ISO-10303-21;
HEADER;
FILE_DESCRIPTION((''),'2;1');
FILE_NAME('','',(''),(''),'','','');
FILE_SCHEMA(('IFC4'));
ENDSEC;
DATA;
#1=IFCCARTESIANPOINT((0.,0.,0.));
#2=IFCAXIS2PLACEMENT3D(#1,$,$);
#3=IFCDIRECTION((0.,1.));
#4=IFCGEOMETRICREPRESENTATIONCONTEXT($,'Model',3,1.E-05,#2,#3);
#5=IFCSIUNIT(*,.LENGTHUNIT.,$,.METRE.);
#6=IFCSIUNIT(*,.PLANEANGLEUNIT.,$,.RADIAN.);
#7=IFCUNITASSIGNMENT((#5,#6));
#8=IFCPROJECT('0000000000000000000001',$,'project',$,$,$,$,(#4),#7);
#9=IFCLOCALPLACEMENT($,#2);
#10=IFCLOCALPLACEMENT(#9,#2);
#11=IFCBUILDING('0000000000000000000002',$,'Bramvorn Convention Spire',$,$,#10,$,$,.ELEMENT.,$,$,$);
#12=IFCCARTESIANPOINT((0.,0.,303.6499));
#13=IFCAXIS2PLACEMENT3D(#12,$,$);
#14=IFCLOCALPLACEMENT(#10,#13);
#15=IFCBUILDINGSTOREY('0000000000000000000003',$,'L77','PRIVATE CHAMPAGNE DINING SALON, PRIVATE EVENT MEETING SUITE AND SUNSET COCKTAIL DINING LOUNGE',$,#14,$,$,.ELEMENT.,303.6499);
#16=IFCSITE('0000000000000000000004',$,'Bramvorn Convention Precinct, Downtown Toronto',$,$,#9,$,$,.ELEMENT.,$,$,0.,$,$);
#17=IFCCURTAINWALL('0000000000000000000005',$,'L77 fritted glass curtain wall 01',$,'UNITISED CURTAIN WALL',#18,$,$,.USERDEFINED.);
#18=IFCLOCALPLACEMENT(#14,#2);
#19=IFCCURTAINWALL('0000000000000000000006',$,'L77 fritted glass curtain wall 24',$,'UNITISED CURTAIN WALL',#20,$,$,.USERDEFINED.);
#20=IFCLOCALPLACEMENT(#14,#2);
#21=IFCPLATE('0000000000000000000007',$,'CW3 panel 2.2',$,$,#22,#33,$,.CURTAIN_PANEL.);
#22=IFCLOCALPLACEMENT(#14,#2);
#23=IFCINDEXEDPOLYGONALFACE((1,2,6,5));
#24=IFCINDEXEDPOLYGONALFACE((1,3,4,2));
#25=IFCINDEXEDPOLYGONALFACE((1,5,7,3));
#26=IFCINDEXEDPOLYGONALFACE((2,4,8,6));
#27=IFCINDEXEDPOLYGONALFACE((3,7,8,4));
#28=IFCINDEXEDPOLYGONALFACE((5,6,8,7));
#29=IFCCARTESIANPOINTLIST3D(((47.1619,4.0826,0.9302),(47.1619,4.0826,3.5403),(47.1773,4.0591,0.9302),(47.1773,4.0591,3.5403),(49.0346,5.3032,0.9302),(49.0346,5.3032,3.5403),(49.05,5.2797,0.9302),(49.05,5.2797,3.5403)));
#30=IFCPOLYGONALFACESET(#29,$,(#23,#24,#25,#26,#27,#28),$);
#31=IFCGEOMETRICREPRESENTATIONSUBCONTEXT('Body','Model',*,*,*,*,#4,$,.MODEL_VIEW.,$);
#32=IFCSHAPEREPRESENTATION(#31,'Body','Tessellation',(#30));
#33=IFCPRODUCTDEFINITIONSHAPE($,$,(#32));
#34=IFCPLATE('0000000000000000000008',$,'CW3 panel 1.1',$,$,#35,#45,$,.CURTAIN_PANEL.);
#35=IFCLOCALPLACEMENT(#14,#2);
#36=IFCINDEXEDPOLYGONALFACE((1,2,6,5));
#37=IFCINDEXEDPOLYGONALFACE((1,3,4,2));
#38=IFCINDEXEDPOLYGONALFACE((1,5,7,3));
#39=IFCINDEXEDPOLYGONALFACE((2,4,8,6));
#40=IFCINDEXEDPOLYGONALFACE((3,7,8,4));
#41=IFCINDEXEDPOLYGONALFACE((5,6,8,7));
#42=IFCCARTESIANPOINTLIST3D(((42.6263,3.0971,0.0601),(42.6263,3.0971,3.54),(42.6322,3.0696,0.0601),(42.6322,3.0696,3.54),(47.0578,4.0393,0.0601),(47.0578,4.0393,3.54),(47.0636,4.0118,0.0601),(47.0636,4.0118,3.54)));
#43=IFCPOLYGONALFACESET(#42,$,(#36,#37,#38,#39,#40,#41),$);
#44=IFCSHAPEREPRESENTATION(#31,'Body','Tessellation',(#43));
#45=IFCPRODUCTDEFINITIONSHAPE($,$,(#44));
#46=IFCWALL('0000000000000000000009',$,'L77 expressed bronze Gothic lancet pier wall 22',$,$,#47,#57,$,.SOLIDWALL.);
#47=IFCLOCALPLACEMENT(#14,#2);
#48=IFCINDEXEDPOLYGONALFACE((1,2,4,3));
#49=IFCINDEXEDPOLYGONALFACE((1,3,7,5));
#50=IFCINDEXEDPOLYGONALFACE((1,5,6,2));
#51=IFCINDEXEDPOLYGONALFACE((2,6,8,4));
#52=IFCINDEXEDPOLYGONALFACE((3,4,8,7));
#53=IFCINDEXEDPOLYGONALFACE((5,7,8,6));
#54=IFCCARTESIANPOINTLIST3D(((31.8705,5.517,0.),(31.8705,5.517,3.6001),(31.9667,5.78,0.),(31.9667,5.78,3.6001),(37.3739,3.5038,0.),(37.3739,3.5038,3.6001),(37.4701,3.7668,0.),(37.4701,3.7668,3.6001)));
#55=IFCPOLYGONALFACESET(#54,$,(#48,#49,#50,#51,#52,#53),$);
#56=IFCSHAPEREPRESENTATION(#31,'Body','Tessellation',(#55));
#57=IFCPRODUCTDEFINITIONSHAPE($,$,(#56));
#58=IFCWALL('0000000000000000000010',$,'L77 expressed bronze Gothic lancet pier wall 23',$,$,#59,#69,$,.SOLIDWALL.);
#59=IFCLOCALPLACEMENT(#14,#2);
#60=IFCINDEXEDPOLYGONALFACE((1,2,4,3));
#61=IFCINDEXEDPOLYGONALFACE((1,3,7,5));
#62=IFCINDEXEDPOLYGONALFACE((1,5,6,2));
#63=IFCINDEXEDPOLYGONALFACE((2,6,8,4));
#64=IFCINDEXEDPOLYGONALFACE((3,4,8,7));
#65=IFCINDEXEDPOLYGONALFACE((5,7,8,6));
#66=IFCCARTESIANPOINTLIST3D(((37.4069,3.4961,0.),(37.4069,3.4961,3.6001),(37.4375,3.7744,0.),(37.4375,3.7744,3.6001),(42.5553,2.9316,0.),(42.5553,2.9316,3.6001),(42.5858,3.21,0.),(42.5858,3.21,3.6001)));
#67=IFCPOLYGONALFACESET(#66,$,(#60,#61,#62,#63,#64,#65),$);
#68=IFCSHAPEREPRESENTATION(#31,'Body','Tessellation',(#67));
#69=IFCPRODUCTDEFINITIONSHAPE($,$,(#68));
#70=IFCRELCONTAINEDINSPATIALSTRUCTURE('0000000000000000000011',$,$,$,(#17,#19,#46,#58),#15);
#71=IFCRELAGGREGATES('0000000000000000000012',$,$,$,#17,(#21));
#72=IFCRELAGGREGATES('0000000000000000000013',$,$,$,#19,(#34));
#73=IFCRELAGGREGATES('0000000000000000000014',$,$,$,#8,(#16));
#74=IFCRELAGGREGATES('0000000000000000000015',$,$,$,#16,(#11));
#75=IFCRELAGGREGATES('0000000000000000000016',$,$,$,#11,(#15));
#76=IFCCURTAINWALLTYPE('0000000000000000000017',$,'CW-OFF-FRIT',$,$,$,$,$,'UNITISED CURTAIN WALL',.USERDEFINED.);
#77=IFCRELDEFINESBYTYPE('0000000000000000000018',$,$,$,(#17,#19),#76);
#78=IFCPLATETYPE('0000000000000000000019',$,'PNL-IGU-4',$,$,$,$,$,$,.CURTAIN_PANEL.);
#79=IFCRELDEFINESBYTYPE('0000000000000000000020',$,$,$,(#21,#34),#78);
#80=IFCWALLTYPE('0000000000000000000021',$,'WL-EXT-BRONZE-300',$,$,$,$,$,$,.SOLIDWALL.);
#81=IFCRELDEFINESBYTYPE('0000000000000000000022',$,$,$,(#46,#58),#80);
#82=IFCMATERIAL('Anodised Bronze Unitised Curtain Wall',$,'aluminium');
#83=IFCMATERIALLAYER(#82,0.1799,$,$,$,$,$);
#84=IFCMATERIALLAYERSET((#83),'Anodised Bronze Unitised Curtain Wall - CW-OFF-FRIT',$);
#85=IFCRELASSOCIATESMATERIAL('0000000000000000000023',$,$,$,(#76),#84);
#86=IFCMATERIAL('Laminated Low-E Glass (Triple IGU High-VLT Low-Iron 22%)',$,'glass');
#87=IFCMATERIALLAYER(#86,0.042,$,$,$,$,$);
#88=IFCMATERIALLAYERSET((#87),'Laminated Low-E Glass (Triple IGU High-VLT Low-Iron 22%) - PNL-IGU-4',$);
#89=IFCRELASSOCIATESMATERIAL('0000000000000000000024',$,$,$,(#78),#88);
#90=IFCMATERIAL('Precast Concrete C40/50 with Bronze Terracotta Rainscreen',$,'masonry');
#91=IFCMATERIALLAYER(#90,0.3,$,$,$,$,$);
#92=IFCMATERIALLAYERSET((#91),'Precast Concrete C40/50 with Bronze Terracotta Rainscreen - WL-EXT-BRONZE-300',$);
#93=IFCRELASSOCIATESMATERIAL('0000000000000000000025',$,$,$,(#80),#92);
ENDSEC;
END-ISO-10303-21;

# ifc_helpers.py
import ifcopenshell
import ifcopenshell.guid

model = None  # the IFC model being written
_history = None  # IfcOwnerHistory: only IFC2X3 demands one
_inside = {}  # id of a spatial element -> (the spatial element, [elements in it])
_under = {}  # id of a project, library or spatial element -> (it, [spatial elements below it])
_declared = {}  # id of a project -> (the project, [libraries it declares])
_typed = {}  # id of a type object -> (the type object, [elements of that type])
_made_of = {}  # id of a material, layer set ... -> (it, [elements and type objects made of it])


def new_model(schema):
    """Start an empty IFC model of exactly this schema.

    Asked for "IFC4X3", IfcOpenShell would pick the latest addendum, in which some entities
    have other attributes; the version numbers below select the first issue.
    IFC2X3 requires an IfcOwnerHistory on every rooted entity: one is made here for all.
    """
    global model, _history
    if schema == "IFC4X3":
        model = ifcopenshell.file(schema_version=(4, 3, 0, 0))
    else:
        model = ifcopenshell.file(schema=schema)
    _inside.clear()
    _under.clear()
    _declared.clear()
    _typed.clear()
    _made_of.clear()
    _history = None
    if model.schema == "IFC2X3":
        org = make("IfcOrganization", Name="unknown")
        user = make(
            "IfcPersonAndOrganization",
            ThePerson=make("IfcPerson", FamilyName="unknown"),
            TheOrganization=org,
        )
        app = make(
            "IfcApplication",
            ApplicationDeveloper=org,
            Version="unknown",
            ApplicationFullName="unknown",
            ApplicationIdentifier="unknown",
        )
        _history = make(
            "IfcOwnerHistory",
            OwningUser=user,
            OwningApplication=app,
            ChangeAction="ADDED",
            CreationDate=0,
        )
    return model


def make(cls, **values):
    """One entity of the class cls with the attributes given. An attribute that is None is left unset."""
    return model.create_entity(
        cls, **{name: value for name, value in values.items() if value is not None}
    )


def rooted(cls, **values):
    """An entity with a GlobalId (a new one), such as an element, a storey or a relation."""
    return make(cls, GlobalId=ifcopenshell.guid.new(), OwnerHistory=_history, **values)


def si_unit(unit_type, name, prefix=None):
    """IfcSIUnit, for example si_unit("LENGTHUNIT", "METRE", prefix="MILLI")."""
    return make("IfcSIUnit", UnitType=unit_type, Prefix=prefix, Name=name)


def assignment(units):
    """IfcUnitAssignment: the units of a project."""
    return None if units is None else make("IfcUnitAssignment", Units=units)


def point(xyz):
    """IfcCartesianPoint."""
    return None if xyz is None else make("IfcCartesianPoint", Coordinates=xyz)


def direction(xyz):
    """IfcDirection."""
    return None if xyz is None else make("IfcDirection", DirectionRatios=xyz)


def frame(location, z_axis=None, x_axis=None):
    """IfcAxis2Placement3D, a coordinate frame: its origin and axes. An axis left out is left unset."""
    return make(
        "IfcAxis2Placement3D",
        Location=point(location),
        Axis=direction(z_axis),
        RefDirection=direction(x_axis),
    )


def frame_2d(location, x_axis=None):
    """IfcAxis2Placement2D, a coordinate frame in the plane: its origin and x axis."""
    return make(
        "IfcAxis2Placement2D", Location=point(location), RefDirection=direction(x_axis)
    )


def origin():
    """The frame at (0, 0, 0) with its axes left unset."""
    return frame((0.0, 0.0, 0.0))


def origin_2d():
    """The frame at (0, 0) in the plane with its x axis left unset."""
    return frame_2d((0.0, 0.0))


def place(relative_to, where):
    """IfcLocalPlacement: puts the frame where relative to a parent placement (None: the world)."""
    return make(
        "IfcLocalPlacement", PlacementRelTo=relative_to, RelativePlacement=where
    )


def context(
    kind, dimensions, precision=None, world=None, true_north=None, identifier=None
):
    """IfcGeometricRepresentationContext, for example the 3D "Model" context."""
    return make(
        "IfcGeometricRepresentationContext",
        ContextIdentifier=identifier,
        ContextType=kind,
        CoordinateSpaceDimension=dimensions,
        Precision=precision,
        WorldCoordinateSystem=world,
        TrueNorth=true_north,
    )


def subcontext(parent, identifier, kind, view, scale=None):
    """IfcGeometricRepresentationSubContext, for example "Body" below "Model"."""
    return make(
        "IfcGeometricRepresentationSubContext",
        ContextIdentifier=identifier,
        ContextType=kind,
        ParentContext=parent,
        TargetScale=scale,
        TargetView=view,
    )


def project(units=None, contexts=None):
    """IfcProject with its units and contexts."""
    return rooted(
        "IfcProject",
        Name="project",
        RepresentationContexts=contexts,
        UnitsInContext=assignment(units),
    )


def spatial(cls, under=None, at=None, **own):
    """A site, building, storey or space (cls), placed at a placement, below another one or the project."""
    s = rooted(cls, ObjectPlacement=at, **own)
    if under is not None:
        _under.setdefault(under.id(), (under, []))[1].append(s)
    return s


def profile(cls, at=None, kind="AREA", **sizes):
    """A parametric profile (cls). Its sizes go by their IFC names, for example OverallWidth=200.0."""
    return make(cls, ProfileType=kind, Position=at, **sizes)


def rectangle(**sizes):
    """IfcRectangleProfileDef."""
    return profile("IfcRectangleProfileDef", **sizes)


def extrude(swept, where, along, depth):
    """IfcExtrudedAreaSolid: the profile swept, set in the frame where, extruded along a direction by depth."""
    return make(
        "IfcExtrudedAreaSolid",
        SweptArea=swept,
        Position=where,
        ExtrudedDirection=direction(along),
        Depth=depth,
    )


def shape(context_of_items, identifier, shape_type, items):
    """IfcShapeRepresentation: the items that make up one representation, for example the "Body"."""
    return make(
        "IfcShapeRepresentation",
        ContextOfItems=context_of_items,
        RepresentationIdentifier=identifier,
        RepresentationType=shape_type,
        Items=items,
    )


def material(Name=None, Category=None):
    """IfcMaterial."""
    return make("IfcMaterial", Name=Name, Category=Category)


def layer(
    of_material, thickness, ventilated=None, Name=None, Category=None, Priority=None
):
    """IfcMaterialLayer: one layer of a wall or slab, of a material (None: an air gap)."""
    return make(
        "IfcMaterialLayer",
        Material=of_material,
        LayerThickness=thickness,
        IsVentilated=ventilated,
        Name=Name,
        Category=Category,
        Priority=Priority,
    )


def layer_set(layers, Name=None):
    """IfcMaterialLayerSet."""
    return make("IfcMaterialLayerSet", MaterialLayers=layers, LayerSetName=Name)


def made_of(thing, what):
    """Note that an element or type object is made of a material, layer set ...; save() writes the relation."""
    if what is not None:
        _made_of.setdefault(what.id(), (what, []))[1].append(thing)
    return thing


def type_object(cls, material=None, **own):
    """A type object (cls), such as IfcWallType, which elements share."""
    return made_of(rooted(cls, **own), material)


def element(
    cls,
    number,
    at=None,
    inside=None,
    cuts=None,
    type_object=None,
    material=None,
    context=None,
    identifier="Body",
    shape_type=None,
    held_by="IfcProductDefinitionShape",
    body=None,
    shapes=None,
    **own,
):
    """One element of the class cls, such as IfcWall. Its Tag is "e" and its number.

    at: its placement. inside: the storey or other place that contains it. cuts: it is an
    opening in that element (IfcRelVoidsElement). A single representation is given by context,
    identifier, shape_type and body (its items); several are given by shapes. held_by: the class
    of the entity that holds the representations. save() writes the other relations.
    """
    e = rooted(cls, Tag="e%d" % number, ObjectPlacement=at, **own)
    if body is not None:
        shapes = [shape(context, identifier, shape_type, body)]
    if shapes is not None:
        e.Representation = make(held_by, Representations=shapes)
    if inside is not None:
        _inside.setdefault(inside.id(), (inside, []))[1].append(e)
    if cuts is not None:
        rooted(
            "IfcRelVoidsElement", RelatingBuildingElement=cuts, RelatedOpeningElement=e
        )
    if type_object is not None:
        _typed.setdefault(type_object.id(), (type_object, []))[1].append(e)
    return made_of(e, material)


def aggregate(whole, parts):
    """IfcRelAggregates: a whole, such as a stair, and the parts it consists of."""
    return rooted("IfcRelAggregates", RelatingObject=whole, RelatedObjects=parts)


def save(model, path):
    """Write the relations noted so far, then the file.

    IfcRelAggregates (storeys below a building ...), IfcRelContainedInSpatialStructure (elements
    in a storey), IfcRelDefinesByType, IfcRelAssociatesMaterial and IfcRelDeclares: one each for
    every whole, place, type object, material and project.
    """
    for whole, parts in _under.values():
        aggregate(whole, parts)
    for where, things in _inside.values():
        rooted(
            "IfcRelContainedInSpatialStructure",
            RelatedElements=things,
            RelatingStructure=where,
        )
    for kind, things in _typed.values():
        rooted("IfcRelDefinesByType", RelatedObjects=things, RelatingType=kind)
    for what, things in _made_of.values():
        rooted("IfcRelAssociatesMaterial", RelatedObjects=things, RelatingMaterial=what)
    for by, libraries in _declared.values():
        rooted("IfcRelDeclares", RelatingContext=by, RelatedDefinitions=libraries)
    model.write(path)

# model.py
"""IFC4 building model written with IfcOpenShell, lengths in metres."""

from ifc_helpers import new_model, si_unit, direction, frame, frame_2d, origin, origin_2d, place, context, subcontext, project, spatial, rectangle, extrude, material, layer, layer_set, type_object, element, aggregate, save


model = new_model("IFC4")

# Units and contexts
model_context = context("Model", 3, precision=1e-05, world=origin(), true_north=direction((0.0, 1.0)))
body_context = subcontext(model_context, "Body", "Model", "MODEL_VIEW")
ifc_project = project(units=[si_unit("LENGTHUNIT", "METRE"), si_unit("PLANEANGLEUNIT", "RADIAN")], contexts=[model_context])

# Site, building, storey
site_placement = place(None, origin())
site = spatial("IfcSite", under=ifc_project, at=site_placement, Name="Bramvorn Convention Precinct, Downtown Toronto", CompositionType="ELEMENT", RefElevation=0.0)
building_placement = place(site_placement, origin())
building = spatial("IfcBuilding", under=site, at=building_placement, Name="Bramvorn Convention Spire", CompositionType="ELEMENT")
storey_placement = place(building_placement, frame((0.0, 0.0, 303.6499)))
storey = spatial("IfcBuildingStorey", under=building, at=storey_placement, Name="L77", Description="PRIVATE CHAMPAGNE DINING SALON, PRIVATE EVENT MEETING SUITE AND SUNSET COCKTAIL DINING LOUNGE", CompositionType="ELEMENT", Elevation=303.6499)

# Curtain wall
ifc_material_1 = material(Name="Anodised Bronze Unitised Curtain Wall", Category="aluminium")
ifc_layer_1 = layer(ifc_material_1, 0.1799)
ifc_layer_set_1 = layer_set([ifc_layer_1], Name="Anodised Bronze Unitised Curtain Wall - CW-OFF-FRIT")
curtain_wall_type = type_object("IfcCurtainWallType", Name="CW-OFF-FRIT", ElementType="UNITISED CURTAIN WALL", PredefinedType="USERDEFINED", material=ifc_layer_set_1)
curtain_wall_1_placement = place(storey_placement, origin())
curtain_wall_1 = element("IfcCurtainWall", 1, at=curtain_wall_1_placement, inside=storey, type_object=curtain_wall_type, Name="L77 fritted glass curtain wall 01", ObjectType="UNITISED CURTAIN WALL", PredefinedType="USERDEFINED")

# Curtain wall
curtain_wall_2_placement = place(storey_placement, origin())
curtain_wall_2 = element("IfcCurtainWall", 2, at=curtain_wall_2_placement, inside=storey, type_object=curtain_wall_type, Name="L77 fritted glass curtain wall 24", ObjectType="UNITISED CURTAIN WALL", PredefinedType="USERDEFINED")

# Plates
ifc_material_2 = material(Name="Laminated Low-E Glass (Triple IGU High-VLT Low-Iron 22%)", Category="glass")
ifc_layer_2 = layer(ifc_material_2, 0.042)
ifc_layer_set_2 = layer_set([ifc_layer_2], Name="Laminated Low-E Glass (Triple IGU High-VLT Low-Iron 22%) - PNL-IGU-4")
plate_type = type_object("IfcPlateType", Name="PNL-IGU-4", PredefinedType="CURTAIN_PANEL", material=ifc_layer_set_2)
plate_1_placement = place(storey_placement, frame((48.106, 4.6812, 0.9302), z_axis=(0.0, 0.0, 1.0), x_axis=(-0.837762, -0.546036, 0.0)))
plate_1 = element("IfcPlate", 3, at=plate_1_placement, type_object=plate_type, Name="CW3 panel 2.2", PredefinedType="CURTAIN_PANEL", context=body_context, shape_type="SweptSolid", body=[
    extrude(rectangle(XDim=2.2354, YDim=0.0281, at=origin_2d()), origin(), (0.0, 0.0, 1.0), 2.6101),
])
aggregate(curtain_wall_1, [plate_1])
plate_2_placement = place(storey_placement, frame((44.845, 3.5544, 0.0601), z_axis=(0.0, 0.0, 1.0), x_axis=(-0.978134, -0.207974, 0.0)))
plate_2 = element("IfcPlate", 4, at=plate_2_placement, type_object=plate_type, Name="CW3 panel 1.1", PredefinedType="CURTAIN_PANEL", context=body_context, shape_type="SweptSolid", body=[
    extrude(rectangle(XDim=4.5305, YDim=0.0281, at=origin_2d()), origin(), (0.0, 0.0, 1.0), 3.48),
])
aggregate(curtain_wall_2, [plate_2])

# Walls
ifc_material_3 = material(Name="Precast Concrete C40/50 with Bronze Terracotta Rainscreen", Category="masonry")
ifc_layer_3 = layer(ifc_material_3, 0.3)
ifc_layer_set_3 = layer_set([ifc_layer_3], Name="Precast Concrete C40/50 with Bronze Terracotta Rainscreen - WL-EXT-BRONZE-300")
wall_type = type_object("IfcWallType", Name="WL-EXT-BRONZE-300", PredefinedType="SOLIDWALL", material=ifc_layer_set_3)
wall_1_placement = place(storey_placement, frame((37.4221, 3.6353, 0.0), z_axis=(0.0, 0.0, 1.0), x_axis=(-0.939137, 0.343542, 0.0)))
element("IfcWall", 5, at=wall_1_placement, inside=storey, type_object=wall_type, Name="L77 expressed bronze Gothic lancet pier wall 22", PredefinedType="SOLIDWALL", context=body_context, shape_type="SweptSolid", body=[
    extrude(rectangle(XDim=5.8601, YDim=0.28, at=frame_2d((2.9302, 0.0))), origin(), (0.0, 0.0, 1.0), 3.6001),
])
wall_2_placement = place(storey_placement, frame((42.5706, 3.0708, 0.0), z_axis=(0.0, 0.0, 1.0), x_axis=(-0.994044, 0.108983, 0.0)))
element("IfcWall", 6, at=wall_2_placement, inside=storey, type_object=wall_type, Name="L77 expressed bronze Gothic lancet pier wall 23", PredefinedType="SOLIDWALL", context=body_context, shape_type="SweptSolid", body=[
    extrude(rectangle(XDim=5.1792, YDim=0.28, at=frame_2d((2.5896, 0.0))), origin(), (0.0, 0.0, 1.0), 3.6001),
])

save(model, "model.ifc")
